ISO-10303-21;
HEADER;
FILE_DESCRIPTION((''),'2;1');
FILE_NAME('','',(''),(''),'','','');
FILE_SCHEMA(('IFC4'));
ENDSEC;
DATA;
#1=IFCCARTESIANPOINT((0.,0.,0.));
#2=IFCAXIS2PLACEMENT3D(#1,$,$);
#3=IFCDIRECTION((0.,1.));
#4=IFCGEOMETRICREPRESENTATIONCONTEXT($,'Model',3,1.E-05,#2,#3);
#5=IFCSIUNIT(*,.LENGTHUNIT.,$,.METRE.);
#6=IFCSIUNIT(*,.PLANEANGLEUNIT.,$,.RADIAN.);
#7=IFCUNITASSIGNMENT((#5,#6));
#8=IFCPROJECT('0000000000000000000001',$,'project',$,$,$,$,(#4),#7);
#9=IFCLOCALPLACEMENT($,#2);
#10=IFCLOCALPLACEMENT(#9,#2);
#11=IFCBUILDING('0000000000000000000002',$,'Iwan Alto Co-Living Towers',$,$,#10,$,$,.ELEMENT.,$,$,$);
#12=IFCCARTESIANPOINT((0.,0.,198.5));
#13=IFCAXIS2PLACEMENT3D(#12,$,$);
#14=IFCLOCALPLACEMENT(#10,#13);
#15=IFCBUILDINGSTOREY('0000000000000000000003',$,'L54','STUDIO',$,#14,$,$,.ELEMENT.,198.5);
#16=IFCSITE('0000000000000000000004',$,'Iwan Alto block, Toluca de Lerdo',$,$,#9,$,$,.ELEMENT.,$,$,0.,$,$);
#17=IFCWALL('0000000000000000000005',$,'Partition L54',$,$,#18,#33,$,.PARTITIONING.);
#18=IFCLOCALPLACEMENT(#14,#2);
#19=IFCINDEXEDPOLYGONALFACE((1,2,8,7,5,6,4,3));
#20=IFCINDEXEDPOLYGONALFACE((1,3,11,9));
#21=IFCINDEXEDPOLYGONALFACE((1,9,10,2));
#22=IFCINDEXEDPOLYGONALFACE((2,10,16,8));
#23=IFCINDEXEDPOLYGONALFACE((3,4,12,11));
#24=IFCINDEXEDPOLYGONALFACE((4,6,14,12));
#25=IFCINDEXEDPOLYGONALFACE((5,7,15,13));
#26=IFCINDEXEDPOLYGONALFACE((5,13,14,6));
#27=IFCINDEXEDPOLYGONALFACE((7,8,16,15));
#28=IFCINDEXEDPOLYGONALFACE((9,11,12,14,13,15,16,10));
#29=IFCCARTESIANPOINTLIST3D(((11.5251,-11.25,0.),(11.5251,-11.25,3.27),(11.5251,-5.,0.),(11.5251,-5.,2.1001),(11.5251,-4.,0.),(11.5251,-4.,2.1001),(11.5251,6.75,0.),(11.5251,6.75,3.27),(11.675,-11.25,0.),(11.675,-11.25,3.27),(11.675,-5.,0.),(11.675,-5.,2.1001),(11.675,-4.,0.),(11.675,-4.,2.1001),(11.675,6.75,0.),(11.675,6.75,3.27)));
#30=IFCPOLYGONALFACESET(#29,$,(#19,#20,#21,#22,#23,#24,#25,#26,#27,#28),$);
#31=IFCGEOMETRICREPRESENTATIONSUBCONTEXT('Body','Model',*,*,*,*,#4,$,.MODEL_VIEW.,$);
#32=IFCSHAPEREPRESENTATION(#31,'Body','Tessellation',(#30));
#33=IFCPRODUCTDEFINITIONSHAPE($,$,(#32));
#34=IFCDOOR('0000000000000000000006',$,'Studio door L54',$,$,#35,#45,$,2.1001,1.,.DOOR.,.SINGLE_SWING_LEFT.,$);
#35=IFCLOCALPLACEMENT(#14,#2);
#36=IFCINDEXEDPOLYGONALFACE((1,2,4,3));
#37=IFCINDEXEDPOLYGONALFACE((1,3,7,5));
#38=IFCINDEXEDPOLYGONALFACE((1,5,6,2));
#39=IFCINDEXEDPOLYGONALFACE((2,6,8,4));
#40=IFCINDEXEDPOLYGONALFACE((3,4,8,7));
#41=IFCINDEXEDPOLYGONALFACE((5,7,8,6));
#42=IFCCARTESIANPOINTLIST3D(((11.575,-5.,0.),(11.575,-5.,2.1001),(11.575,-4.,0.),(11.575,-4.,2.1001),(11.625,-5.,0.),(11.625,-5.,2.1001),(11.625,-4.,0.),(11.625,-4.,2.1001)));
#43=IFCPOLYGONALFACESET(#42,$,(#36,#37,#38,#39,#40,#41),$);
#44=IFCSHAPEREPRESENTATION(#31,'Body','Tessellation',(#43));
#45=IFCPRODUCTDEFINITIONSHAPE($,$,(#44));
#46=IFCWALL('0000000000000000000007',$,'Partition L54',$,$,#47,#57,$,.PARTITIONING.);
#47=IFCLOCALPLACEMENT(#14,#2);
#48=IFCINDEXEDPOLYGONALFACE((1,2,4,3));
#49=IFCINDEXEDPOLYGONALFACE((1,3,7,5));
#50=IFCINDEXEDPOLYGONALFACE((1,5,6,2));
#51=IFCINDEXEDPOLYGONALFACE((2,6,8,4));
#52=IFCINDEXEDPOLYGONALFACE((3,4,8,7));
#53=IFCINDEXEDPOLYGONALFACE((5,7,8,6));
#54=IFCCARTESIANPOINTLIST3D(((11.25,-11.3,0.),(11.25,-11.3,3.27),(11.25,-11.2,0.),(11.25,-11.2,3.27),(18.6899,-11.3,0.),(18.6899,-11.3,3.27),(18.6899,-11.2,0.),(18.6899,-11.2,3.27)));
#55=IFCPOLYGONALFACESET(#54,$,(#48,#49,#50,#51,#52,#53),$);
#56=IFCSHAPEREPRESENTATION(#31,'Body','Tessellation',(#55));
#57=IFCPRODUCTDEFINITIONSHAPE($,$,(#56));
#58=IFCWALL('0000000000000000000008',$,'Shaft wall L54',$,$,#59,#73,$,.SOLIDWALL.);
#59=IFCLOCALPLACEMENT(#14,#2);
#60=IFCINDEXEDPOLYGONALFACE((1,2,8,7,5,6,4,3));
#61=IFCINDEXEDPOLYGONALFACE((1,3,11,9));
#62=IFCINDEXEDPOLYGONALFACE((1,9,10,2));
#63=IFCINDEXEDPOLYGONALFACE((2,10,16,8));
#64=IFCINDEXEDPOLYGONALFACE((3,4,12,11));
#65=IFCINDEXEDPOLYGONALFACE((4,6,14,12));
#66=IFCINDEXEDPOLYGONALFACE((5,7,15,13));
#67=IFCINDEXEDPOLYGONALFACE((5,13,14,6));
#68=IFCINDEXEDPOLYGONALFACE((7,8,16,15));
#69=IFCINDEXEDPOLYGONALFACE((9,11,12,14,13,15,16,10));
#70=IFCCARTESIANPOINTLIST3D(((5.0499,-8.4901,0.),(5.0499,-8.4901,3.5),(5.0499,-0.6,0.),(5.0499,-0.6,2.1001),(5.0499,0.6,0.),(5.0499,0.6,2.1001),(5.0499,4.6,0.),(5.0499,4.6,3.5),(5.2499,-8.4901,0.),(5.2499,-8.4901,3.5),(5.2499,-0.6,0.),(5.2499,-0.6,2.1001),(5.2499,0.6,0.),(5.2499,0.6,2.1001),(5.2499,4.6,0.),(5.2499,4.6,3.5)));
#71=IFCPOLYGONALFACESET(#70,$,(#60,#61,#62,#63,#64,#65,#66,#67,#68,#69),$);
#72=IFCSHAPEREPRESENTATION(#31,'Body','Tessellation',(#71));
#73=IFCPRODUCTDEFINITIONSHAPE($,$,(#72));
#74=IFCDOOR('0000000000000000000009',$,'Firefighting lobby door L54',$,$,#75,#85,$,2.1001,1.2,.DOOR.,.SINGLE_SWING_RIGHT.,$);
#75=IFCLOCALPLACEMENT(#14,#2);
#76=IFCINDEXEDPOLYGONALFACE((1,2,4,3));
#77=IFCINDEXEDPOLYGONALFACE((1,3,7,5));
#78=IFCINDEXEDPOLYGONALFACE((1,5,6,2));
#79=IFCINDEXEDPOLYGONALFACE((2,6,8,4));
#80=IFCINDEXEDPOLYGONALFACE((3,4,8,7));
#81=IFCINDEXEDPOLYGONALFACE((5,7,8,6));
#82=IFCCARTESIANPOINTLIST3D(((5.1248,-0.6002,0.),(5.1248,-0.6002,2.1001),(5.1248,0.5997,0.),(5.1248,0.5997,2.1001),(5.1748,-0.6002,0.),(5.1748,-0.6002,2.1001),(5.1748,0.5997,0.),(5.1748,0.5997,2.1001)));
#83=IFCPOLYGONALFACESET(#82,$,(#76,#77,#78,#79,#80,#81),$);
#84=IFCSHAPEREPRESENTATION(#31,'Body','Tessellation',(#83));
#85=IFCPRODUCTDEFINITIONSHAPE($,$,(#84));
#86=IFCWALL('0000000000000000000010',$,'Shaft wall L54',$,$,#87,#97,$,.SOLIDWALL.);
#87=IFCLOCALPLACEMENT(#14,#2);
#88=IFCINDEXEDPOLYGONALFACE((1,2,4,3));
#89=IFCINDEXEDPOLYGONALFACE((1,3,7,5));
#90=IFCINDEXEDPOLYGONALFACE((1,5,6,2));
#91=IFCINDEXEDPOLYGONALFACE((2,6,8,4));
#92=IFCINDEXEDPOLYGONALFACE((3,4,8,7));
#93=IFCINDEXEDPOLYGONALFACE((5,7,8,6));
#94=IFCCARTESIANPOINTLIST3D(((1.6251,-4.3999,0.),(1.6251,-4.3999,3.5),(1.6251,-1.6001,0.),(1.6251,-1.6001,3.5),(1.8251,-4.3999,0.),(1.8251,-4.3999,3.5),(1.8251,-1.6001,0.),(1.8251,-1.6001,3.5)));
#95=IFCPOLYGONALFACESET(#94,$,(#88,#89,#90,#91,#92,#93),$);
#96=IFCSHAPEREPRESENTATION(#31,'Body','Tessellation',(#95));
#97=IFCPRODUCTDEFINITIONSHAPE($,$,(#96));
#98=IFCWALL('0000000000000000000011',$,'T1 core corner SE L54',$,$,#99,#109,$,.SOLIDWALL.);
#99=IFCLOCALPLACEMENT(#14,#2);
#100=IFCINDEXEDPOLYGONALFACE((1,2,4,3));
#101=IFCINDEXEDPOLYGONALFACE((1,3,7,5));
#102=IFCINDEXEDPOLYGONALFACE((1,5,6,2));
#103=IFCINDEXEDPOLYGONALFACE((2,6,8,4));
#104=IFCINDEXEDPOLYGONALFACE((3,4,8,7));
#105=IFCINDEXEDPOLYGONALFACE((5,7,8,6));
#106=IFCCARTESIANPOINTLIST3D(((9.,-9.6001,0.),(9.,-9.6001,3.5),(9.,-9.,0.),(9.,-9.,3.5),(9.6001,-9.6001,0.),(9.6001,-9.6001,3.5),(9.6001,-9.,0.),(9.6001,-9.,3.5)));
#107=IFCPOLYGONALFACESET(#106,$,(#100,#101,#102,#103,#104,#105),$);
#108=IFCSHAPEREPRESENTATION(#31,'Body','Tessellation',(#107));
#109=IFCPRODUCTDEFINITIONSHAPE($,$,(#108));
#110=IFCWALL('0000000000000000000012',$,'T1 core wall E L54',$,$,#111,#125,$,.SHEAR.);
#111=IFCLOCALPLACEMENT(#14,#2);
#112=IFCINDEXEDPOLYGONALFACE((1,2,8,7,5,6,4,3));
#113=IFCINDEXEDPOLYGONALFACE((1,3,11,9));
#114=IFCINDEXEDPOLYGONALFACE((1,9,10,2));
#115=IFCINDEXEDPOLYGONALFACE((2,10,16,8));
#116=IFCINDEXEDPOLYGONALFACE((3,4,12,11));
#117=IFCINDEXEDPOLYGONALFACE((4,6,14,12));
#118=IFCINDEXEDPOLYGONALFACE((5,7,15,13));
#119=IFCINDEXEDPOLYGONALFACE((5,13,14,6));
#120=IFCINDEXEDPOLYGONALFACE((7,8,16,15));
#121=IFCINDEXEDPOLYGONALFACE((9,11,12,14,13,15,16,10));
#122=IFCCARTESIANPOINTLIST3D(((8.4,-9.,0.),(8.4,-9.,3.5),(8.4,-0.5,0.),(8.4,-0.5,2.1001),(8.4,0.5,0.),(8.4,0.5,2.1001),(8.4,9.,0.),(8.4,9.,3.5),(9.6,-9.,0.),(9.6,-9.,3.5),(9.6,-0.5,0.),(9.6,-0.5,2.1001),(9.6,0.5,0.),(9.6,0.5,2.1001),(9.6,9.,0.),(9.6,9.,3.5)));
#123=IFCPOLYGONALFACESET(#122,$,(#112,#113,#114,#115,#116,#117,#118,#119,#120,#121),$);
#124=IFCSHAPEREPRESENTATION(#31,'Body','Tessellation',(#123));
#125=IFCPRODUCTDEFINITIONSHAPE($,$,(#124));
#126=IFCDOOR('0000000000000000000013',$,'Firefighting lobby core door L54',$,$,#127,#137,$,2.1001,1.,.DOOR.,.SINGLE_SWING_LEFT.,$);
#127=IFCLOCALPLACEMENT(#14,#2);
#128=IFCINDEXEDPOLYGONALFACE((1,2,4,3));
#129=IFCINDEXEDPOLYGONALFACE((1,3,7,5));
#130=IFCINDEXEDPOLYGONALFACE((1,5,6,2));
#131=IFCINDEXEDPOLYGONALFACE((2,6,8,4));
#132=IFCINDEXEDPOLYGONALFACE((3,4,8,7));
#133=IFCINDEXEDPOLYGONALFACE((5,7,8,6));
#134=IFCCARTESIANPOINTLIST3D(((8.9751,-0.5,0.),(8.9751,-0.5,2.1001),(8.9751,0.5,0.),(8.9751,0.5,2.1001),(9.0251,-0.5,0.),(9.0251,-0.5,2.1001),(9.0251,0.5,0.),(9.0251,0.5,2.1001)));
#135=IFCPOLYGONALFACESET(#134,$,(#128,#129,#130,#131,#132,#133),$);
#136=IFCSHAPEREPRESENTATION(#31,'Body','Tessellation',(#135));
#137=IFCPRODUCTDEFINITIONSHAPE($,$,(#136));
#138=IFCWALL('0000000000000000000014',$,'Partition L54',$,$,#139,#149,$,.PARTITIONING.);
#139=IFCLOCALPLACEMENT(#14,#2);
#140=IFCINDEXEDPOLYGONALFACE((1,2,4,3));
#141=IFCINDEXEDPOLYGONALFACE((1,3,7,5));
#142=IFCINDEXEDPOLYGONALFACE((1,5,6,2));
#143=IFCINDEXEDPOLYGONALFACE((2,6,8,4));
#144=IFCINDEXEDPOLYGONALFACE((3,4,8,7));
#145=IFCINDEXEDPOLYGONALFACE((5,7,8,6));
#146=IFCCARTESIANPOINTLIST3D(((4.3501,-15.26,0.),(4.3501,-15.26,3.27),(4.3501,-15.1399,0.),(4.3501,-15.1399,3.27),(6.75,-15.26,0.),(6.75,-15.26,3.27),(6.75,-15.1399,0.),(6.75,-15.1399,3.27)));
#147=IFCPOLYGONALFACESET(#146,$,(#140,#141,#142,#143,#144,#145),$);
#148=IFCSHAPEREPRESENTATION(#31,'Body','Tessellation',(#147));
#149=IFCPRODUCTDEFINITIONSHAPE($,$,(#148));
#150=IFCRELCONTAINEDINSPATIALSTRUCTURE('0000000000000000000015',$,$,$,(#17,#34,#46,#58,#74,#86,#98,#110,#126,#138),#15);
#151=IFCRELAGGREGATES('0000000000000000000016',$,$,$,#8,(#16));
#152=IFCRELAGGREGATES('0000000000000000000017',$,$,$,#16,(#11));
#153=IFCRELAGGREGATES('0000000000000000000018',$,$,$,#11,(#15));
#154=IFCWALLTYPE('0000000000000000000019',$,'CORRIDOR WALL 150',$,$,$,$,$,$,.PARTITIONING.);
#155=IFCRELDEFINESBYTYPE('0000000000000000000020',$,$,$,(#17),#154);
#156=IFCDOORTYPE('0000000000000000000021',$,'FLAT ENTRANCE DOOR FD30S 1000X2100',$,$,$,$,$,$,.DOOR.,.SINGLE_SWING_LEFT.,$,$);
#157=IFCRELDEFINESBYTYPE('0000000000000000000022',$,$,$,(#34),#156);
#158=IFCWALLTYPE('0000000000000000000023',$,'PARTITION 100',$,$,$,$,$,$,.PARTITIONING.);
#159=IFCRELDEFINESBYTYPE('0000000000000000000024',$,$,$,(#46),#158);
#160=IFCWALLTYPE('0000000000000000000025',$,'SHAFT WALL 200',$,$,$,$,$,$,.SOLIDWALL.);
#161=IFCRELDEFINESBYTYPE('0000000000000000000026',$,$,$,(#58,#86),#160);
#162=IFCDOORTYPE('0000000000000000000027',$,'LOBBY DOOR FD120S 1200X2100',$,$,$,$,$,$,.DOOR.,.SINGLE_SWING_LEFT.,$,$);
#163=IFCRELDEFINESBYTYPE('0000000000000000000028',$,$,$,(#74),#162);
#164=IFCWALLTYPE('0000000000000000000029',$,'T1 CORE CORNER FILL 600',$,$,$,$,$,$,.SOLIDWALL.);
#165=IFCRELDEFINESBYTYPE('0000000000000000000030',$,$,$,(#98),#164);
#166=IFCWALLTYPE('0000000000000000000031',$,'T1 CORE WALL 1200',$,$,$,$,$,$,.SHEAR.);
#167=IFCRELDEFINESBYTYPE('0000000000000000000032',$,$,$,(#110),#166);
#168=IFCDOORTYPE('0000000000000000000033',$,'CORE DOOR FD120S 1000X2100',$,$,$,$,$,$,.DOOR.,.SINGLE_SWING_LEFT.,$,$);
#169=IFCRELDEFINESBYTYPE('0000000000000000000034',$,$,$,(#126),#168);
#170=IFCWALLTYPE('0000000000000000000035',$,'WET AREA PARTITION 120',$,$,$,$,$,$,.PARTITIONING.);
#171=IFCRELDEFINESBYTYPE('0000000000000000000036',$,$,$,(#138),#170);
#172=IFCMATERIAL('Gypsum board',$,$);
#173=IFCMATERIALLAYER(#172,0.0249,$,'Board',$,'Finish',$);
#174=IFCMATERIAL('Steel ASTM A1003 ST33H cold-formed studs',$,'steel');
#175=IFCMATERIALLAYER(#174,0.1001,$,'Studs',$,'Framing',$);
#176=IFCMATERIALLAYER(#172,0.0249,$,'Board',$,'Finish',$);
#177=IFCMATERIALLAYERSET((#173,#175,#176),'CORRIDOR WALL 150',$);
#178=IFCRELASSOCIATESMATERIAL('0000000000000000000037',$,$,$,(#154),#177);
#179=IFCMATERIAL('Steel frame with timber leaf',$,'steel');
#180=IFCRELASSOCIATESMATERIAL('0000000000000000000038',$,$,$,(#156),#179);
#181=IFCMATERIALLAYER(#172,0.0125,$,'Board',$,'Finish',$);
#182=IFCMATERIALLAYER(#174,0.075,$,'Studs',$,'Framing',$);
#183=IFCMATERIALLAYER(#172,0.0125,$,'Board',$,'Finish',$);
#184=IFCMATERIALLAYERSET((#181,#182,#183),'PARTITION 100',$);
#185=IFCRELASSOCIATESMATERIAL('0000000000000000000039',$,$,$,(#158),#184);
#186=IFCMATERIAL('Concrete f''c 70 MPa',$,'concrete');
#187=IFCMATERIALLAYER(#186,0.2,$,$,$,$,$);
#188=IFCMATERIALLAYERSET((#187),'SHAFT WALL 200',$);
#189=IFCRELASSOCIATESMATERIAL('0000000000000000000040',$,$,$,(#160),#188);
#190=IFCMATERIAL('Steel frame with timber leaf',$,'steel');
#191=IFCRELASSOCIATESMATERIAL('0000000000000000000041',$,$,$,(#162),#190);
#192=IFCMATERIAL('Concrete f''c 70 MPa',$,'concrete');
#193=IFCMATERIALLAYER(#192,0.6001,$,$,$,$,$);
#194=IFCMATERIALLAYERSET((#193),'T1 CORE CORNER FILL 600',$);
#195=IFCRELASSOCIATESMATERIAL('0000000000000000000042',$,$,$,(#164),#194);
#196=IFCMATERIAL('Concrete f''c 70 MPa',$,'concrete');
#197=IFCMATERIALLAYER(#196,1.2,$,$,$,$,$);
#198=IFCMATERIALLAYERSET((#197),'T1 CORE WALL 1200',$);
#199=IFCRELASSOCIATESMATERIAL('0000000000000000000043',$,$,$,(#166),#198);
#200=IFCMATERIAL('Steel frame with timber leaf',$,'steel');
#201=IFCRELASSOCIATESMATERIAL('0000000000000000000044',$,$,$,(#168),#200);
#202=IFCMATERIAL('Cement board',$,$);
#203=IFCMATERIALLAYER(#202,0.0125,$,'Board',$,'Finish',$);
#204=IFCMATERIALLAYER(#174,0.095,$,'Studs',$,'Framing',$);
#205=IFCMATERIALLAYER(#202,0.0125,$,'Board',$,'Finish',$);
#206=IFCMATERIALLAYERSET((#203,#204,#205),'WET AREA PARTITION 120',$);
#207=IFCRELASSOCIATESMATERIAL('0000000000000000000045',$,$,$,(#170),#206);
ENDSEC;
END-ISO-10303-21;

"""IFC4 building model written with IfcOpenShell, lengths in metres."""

from ifc_helpers import new_model, si_unit, direction, frame, frame_2d, origin, place, context, subcontext, project, spatial, rectangle, extrude, material, layer, layer_set, type_object, element, fill, save


model = new_model("IFC4")

# Units and contexts
model_context = context("Model", 3, precision=1e-05, world=origin(), true_north=direction((0.0, 1.0)))
body_context = subcontext(model_context, "Body", "Model", "MODEL_VIEW")
ifc_project = project(units=[si_unit("LENGTHUNIT", "METRE"), si_unit("PLANEANGLEUNIT", "RADIAN")], contexts=[model_context])

# Site, building, storey
site_placement = place(None, origin())
site = spatial("IfcSite", under=ifc_project, at=site_placement, Name="Iwan Alto block, Toluca de Lerdo", CompositionType="ELEMENT", RefElevation=0.0)
building_placement = place(site_placement, origin())
building = spatial("IfcBuilding", under=site, at=building_placement, Name="Iwan Alto Co-Living Towers", CompositionType="ELEMENT")
storey_placement = place(building_placement, frame((0.0, 0.0, 198.5)))
storey = spatial("IfcBuildingStorey", under=building, at=storey_placement, Name="L54", Description="STUDIO", CompositionType="ELEMENT", Elevation=198.5)

# Wall, opening, door
ifc_material_1 = material(Name="Gypsum board")
ifc_layer_1 = layer(ifc_material_1, 0.0249, Name="Board", Category="Finish")
ifc_material_2 = material(Name="Steel ASTM A1003 ST33H cold-formed studs", Category="steel")
ifc_layer_2 = layer(ifc_material_2, 0.1001, Name="Studs", Category="Framing")
ifc_layer_3 = layer(ifc_material_1, 0.0249, Name="Board", Category="Finish")
ifc_layer_set_1 = layer_set([ifc_layer_1, ifc_layer_2, ifc_layer_3], Name="CORRIDOR WALL 150")
wall_type_1 = type_object("IfcWallType", Name="CORRIDOR WALL 150", PredefinedType="PARTITIONING", material=ifc_layer_set_1)
wall_1_placement = place(storey_placement, frame((11.6001, -11.25, 0.0), z_axis=(0.0, 0.0, 1.0), x_axis=(0.0, 1.0, 0.0)))
wall_1 = element("IfcWall", 1, at=wall_1_placement, inside=storey, type_object=wall_type_1, Name="Partition L54", PredefinedType="PARTITIONING", context=body_context, shape_type="SweptSolid", body=[
    extrude(rectangle(XDim=18.0, YDim=0.1499, at=frame_2d((9.0, 0.0))), origin(), (0.0, 0.0, 1.0), 3.27),
])
opening_1_placement = place(wall_1_placement, frame((6.25, 0.0, 0.0)))
opening_1 = element("IfcOpeningElement", 2, at=opening_1_placement, cuts=wall_1, PredefinedType="OPENING", context=body_context, shape_type="SweptSolid", body=[
    extrude(rectangle(XDim=1.0, YDim=2.1001, at=frame_2d((0.5, 1.05))), frame((0.0, 0.085, 0.0), z_axis=(0.0, -1.0, 0.0), x_axis=(1.0, 0.0, 0.0)), (0.0, 0.0, 1.0), 0.1699),
])
ifc_material_3 = material(Name="Steel frame with timber leaf", Category="steel")
door_type_1 = type_object("IfcDoorType", Name="FLAT ENTRANCE DOOR FD30S 1000X2100", OperationType="SINGLE_SWING_LEFT", PredefinedType="DOOR", material=ifc_material_3)
door_1_placement = place(opening_1_placement, frame((1.0, 0.0, 0.0), z_axis=(0.0, 0.0, 1.0), x_axis=(-1.0, 0.0, 0.0)))
door_1 = element("IfcDoor", 3, at=door_1_placement, inside=storey, type_object=door_type_1, Name="Studio door L54", OperationType="SINGLE_SWING_LEFT", OverallHeight=2.1001, OverallWidth=1.0, PredefinedType="DOOR", context=body_context, shape_type="SweptSolid", body=[
    extrude(rectangle(XDim=1.0, YDim=2.1001, at=frame_2d((0.5, 1.05))), frame((0.0, 0.0249, 0.0), z_axis=(0.0, -1.0, 0.0), x_axis=(1.0, 0.0, 0.0)), (0.0, 0.0, 1.0), 0.05),
])
fill(opening_1, door_1)

# Wall
ifc_layer_4 = layer(ifc_material_1, 0.0125, Name="Board", Category="Finish")
ifc_layer_5 = layer(ifc_material_2, 0.075, Name="Studs", Category="Framing")
ifc_layer_6 = layer(ifc_material_1, 0.0125, Name="Board", Category="Finish")
ifc_layer_set_2 = layer_set([ifc_layer_4, ifc_layer_5, ifc_layer_6], Name="PARTITION 100")
wall_type_2 = type_object("IfcWallType", Name="PARTITION 100", PredefinedType="PARTITIONING", material=ifc_layer_set_2)
wall_2_placement = place(storey_placement, frame((11.25, -11.25, 0.0), z_axis=(0.0, 0.0, 1.0), x_axis=(1.0, 0.0, 0.0)))
element("IfcWall", 4, at=wall_2_placement, inside=storey, type_object=wall_type_2, Name="Partition L54", PredefinedType="PARTITIONING", context=body_context, shape_type="SweptSolid", body=[
    extrude(rectangle(XDim=7.4399, YDim=0.1001, at=frame_2d((3.72, 0.0))), origin(), (0.0, 0.0, 1.0), 3.27),
])

# Wall, opening, door
ifc_material_4 = material(Name="Concrete f'c 70 MPa", Category="concrete")
ifc_layer_7 = layer(ifc_material_4, 0.2)
ifc_layer_set_3 = layer_set([ifc_layer_7], Name="SHAFT WALL 200")
wall_type_3 = type_object("IfcWallType", Name="SHAFT WALL 200", PredefinedType="SOLIDWALL", material=ifc_layer_set_3)
wall_3_placement = place(storey_placement, frame((5.1499, -8.49, 0.0), z_axis=(0.0, 0.0, 1.0), x_axis=(0.0, 1.0, 0.0)))
wall_3 = element("IfcWall", 5, at=wall_3_placement, inside=storey, type_object=wall_type_3, Name="Shaft wall L54", PredefinedType="SOLIDWALL", context=body_context, shape_type="SweptSolid", body=[
    extrude(rectangle(XDim=13.0901, YDim=0.2, at=frame_2d((6.5449, 0.0))), origin(), (0.0, 0.0, 1.0), 3.5),
])
opening_2_placement = place(wall_3_placement, frame((7.8899, 0.0, 0.0)))
opening_2 = element("IfcOpeningElement", 6, at=opening_2_placement, cuts=wall_3, PredefinedType="OPENING", context=body_context, shape_type="SweptSolid", body=[
    extrude(rectangle(XDim=1.2, YDim=2.1001, at=frame_2d((0.6001, 1.05))), frame((0.0, 0.1099, 0.0), z_axis=(0.0, -1.0, 0.0), x_axis=(1.0, 0.0, 0.0)), (0.0, 0.0, 1.0), 0.22),
])
ifc_material_5 = material(Name="Steel frame with timber leaf", Category="steel")
door_type_2 = type_object("IfcDoorType", Name="LOBBY DOOR FD120S 1200X2100", OperationType="SINGLE_SWING_LEFT", PredefinedType="DOOR", material=ifc_material_5)
door_2_placement = place(opening_2_placement, frame((1.2, 0.0, 0.0), z_axis=(0.0, 0.0, 1.0), x_axis=(-1.0, 0.0, 0.0)))
door_2 = element("IfcDoor", 7, at=door_2_placement, inside=storey, type_object=door_type_2, Name="Firefighting lobby door L54", OperationType="SINGLE_SWING_RIGHT", OverallHeight=2.1001, OverallWidth=1.2, PredefinedType="DOOR", context=body_context, shape_type="SweptSolid", body=[
    extrude(rectangle(XDim=1.2, YDim=2.1001, at=frame_2d((0.6001, 1.05))), frame((0.0, 0.0249, 0.0), z_axis=(0.0, -1.0, 0.0), x_axis=(1.0, 0.0, 0.0)), (0.0, 0.0, 1.0), 0.05),
])
fill(opening_2, door_2)

# Walls
wall_4_placement = place(storey_placement, frame((1.7251, -4.3999, 0.0), z_axis=(0.0, 0.0, 1.0), x_axis=(0.0, 1.0, 0.0)))
element("IfcWall", 8, at=wall_4_placement, inside=storey, type_object=wall_type_3, Name="Shaft wall L54", PredefinedType="SOLIDWALL", context=body_context, shape_type="SweptSolid", body=[
    extrude(rectangle(XDim=2.7998, YDim=0.2, at=frame_2d((1.3999, 0.0))), origin(), (0.0, 0.0, 1.0), 3.5),
])
ifc_material_6 = material(Name="Concrete f'c 70 MPa", Category="concrete")
ifc_layer_8 = layer(ifc_material_6, 0.6001)
ifc_layer_set_4 = layer_set([ifc_layer_8], Name="T1 CORE CORNER FILL 600")
wall_type_4 = type_object("IfcWallType", Name="T1 CORE CORNER FILL 600", PredefinedType="SOLIDWALL", material=ifc_layer_set_4)
wall_5_placement = place(storey_placement, frame((9.0, -9.3, 0.0), z_axis=(0.0, 0.0, 1.0), x_axis=(1.0, 0.0, 0.0)))
element("IfcWall", 9, at=wall_5_placement, inside=storey, type_object=wall_type_4, Name="T1 core corner SE L54", PredefinedType="SOLIDWALL", context=body_context, shape_type="SweptSolid", body=[
    extrude(rectangle(XDim=0.6001, YDim=0.6001, at=frame_2d((0.3, 0.0))), origin(), (0.0, 0.0, 1.0), 3.5),
])

# Wall, opening, door
ifc_material_7 = material(Name="Concrete f'c 70 MPa", Category="concrete")
ifc_layer_9 = layer(ifc_material_7, 1.2)
ifc_layer_set_5 = layer_set([ifc_layer_9], Name="T1 CORE WALL 1200")
wall_type_5 = type_object("IfcWallType", Name="T1 CORE WALL 1200", PredefinedType="SHEAR", material=ifc_layer_set_5)
wall_6_placement = place(storey_placement, frame((9.0, -9.0, 0.0), z_axis=(0.0, 0.0, 1.0), x_axis=(0.0, 1.0, 0.0)))
wall_6 = element("IfcWall", 10, at=wall_6_placement, inside=storey, type_object=wall_type_5, Name="T1 core wall E L54", PredefinedType="SHEAR", context=body_context, shape_type="SweptSolid", body=[
    extrude(rectangle(XDim=18.0, YDim=1.2, at=frame_2d((9.0, 0.0))), origin(), (0.0, 0.0, 1.0), 3.5),
])
opening_3_placement = place(wall_6_placement, frame((8.5, 0.0, 0.0)))
opening_3 = element("IfcOpeningElement", 11, at=opening_3_placement, cuts=wall_6, PredefinedType="OPENING", context=body_context, shape_type="SweptSolid", body=[
    extrude(rectangle(XDim=1.0, YDim=2.1001, at=frame_2d((0.5, 1.05))), frame((0.0, 0.6099, 0.0), z_axis=(0.0, -1.0, 0.0), x_axis=(1.0, 0.0, 0.0)), (0.0, 0.0, 1.0), 1.22),
])
ifc_material_8 = material(Name="Steel frame with timber leaf", Category="steel")
door_type_3 = type_object("IfcDoorType", Name="CORE DOOR FD120S 1000X2100", OperationType="SINGLE_SWING_LEFT", PredefinedType="DOOR", material=ifc_material_8)
door_3_placement = place(opening_3_placement, origin())
door_3 = element("IfcDoor", 12, at=door_3_placement, inside=storey, type_object=door_type_3, Name="Firefighting lobby core door L54", OperationType="SINGLE_SWING_LEFT", OverallHeight=2.1001, OverallWidth=1.0, PredefinedType="DOOR", context=body_context, shape_type="SweptSolid", body=[
    extrude(rectangle(XDim=1.0, YDim=2.1001, at=frame_2d((0.5, 1.05))), frame((0.0, 0.0249, 0.0), z_axis=(0.0, -1.0, 0.0), x_axis=(1.0, 0.0, 0.0)), (0.0, 0.0, 1.0), 0.05),
])
fill(opening_3, door_3)

# Wall
ifc_material_9 = material(Name="Cement board")
ifc_layer_10 = layer(ifc_material_9, 0.0125, Name="Board", Category="Finish")
ifc_layer_11 = layer(ifc_material_2, 0.095, Name="Studs", Category="Framing")
ifc_layer_12 = layer(ifc_material_9, 0.0125, Name="Board", Category="Finish")
ifc_layer_set_6 = layer_set([ifc_layer_10, ifc_layer_11, ifc_layer_12], Name="WET AREA PARTITION 120")
wall_type_6 = type_object("IfcWallType", Name="WET AREA PARTITION 120", PredefinedType="PARTITIONING", material=ifc_layer_set_6)
wall_7_placement = place(storey_placement, frame((4.3501, -15.2, 0.0), z_axis=(0.0, 0.0, 1.0), x_axis=(1.0, 0.0, 0.0)))
element("IfcWall", 13, at=wall_7_placement, inside=storey, type_object=wall_type_6, Name="Partition L54", PredefinedType="PARTITIONING", context=body_context, shape_type="SweptSolid", body=[
    extrude(rectangle(XDim=2.3999, YDim=0.1201, at=frame_2d((1.2, 0.0))), origin(), (0.0, 0.0, 1.0), 3.27),
])

save(model, "model.ifc")
